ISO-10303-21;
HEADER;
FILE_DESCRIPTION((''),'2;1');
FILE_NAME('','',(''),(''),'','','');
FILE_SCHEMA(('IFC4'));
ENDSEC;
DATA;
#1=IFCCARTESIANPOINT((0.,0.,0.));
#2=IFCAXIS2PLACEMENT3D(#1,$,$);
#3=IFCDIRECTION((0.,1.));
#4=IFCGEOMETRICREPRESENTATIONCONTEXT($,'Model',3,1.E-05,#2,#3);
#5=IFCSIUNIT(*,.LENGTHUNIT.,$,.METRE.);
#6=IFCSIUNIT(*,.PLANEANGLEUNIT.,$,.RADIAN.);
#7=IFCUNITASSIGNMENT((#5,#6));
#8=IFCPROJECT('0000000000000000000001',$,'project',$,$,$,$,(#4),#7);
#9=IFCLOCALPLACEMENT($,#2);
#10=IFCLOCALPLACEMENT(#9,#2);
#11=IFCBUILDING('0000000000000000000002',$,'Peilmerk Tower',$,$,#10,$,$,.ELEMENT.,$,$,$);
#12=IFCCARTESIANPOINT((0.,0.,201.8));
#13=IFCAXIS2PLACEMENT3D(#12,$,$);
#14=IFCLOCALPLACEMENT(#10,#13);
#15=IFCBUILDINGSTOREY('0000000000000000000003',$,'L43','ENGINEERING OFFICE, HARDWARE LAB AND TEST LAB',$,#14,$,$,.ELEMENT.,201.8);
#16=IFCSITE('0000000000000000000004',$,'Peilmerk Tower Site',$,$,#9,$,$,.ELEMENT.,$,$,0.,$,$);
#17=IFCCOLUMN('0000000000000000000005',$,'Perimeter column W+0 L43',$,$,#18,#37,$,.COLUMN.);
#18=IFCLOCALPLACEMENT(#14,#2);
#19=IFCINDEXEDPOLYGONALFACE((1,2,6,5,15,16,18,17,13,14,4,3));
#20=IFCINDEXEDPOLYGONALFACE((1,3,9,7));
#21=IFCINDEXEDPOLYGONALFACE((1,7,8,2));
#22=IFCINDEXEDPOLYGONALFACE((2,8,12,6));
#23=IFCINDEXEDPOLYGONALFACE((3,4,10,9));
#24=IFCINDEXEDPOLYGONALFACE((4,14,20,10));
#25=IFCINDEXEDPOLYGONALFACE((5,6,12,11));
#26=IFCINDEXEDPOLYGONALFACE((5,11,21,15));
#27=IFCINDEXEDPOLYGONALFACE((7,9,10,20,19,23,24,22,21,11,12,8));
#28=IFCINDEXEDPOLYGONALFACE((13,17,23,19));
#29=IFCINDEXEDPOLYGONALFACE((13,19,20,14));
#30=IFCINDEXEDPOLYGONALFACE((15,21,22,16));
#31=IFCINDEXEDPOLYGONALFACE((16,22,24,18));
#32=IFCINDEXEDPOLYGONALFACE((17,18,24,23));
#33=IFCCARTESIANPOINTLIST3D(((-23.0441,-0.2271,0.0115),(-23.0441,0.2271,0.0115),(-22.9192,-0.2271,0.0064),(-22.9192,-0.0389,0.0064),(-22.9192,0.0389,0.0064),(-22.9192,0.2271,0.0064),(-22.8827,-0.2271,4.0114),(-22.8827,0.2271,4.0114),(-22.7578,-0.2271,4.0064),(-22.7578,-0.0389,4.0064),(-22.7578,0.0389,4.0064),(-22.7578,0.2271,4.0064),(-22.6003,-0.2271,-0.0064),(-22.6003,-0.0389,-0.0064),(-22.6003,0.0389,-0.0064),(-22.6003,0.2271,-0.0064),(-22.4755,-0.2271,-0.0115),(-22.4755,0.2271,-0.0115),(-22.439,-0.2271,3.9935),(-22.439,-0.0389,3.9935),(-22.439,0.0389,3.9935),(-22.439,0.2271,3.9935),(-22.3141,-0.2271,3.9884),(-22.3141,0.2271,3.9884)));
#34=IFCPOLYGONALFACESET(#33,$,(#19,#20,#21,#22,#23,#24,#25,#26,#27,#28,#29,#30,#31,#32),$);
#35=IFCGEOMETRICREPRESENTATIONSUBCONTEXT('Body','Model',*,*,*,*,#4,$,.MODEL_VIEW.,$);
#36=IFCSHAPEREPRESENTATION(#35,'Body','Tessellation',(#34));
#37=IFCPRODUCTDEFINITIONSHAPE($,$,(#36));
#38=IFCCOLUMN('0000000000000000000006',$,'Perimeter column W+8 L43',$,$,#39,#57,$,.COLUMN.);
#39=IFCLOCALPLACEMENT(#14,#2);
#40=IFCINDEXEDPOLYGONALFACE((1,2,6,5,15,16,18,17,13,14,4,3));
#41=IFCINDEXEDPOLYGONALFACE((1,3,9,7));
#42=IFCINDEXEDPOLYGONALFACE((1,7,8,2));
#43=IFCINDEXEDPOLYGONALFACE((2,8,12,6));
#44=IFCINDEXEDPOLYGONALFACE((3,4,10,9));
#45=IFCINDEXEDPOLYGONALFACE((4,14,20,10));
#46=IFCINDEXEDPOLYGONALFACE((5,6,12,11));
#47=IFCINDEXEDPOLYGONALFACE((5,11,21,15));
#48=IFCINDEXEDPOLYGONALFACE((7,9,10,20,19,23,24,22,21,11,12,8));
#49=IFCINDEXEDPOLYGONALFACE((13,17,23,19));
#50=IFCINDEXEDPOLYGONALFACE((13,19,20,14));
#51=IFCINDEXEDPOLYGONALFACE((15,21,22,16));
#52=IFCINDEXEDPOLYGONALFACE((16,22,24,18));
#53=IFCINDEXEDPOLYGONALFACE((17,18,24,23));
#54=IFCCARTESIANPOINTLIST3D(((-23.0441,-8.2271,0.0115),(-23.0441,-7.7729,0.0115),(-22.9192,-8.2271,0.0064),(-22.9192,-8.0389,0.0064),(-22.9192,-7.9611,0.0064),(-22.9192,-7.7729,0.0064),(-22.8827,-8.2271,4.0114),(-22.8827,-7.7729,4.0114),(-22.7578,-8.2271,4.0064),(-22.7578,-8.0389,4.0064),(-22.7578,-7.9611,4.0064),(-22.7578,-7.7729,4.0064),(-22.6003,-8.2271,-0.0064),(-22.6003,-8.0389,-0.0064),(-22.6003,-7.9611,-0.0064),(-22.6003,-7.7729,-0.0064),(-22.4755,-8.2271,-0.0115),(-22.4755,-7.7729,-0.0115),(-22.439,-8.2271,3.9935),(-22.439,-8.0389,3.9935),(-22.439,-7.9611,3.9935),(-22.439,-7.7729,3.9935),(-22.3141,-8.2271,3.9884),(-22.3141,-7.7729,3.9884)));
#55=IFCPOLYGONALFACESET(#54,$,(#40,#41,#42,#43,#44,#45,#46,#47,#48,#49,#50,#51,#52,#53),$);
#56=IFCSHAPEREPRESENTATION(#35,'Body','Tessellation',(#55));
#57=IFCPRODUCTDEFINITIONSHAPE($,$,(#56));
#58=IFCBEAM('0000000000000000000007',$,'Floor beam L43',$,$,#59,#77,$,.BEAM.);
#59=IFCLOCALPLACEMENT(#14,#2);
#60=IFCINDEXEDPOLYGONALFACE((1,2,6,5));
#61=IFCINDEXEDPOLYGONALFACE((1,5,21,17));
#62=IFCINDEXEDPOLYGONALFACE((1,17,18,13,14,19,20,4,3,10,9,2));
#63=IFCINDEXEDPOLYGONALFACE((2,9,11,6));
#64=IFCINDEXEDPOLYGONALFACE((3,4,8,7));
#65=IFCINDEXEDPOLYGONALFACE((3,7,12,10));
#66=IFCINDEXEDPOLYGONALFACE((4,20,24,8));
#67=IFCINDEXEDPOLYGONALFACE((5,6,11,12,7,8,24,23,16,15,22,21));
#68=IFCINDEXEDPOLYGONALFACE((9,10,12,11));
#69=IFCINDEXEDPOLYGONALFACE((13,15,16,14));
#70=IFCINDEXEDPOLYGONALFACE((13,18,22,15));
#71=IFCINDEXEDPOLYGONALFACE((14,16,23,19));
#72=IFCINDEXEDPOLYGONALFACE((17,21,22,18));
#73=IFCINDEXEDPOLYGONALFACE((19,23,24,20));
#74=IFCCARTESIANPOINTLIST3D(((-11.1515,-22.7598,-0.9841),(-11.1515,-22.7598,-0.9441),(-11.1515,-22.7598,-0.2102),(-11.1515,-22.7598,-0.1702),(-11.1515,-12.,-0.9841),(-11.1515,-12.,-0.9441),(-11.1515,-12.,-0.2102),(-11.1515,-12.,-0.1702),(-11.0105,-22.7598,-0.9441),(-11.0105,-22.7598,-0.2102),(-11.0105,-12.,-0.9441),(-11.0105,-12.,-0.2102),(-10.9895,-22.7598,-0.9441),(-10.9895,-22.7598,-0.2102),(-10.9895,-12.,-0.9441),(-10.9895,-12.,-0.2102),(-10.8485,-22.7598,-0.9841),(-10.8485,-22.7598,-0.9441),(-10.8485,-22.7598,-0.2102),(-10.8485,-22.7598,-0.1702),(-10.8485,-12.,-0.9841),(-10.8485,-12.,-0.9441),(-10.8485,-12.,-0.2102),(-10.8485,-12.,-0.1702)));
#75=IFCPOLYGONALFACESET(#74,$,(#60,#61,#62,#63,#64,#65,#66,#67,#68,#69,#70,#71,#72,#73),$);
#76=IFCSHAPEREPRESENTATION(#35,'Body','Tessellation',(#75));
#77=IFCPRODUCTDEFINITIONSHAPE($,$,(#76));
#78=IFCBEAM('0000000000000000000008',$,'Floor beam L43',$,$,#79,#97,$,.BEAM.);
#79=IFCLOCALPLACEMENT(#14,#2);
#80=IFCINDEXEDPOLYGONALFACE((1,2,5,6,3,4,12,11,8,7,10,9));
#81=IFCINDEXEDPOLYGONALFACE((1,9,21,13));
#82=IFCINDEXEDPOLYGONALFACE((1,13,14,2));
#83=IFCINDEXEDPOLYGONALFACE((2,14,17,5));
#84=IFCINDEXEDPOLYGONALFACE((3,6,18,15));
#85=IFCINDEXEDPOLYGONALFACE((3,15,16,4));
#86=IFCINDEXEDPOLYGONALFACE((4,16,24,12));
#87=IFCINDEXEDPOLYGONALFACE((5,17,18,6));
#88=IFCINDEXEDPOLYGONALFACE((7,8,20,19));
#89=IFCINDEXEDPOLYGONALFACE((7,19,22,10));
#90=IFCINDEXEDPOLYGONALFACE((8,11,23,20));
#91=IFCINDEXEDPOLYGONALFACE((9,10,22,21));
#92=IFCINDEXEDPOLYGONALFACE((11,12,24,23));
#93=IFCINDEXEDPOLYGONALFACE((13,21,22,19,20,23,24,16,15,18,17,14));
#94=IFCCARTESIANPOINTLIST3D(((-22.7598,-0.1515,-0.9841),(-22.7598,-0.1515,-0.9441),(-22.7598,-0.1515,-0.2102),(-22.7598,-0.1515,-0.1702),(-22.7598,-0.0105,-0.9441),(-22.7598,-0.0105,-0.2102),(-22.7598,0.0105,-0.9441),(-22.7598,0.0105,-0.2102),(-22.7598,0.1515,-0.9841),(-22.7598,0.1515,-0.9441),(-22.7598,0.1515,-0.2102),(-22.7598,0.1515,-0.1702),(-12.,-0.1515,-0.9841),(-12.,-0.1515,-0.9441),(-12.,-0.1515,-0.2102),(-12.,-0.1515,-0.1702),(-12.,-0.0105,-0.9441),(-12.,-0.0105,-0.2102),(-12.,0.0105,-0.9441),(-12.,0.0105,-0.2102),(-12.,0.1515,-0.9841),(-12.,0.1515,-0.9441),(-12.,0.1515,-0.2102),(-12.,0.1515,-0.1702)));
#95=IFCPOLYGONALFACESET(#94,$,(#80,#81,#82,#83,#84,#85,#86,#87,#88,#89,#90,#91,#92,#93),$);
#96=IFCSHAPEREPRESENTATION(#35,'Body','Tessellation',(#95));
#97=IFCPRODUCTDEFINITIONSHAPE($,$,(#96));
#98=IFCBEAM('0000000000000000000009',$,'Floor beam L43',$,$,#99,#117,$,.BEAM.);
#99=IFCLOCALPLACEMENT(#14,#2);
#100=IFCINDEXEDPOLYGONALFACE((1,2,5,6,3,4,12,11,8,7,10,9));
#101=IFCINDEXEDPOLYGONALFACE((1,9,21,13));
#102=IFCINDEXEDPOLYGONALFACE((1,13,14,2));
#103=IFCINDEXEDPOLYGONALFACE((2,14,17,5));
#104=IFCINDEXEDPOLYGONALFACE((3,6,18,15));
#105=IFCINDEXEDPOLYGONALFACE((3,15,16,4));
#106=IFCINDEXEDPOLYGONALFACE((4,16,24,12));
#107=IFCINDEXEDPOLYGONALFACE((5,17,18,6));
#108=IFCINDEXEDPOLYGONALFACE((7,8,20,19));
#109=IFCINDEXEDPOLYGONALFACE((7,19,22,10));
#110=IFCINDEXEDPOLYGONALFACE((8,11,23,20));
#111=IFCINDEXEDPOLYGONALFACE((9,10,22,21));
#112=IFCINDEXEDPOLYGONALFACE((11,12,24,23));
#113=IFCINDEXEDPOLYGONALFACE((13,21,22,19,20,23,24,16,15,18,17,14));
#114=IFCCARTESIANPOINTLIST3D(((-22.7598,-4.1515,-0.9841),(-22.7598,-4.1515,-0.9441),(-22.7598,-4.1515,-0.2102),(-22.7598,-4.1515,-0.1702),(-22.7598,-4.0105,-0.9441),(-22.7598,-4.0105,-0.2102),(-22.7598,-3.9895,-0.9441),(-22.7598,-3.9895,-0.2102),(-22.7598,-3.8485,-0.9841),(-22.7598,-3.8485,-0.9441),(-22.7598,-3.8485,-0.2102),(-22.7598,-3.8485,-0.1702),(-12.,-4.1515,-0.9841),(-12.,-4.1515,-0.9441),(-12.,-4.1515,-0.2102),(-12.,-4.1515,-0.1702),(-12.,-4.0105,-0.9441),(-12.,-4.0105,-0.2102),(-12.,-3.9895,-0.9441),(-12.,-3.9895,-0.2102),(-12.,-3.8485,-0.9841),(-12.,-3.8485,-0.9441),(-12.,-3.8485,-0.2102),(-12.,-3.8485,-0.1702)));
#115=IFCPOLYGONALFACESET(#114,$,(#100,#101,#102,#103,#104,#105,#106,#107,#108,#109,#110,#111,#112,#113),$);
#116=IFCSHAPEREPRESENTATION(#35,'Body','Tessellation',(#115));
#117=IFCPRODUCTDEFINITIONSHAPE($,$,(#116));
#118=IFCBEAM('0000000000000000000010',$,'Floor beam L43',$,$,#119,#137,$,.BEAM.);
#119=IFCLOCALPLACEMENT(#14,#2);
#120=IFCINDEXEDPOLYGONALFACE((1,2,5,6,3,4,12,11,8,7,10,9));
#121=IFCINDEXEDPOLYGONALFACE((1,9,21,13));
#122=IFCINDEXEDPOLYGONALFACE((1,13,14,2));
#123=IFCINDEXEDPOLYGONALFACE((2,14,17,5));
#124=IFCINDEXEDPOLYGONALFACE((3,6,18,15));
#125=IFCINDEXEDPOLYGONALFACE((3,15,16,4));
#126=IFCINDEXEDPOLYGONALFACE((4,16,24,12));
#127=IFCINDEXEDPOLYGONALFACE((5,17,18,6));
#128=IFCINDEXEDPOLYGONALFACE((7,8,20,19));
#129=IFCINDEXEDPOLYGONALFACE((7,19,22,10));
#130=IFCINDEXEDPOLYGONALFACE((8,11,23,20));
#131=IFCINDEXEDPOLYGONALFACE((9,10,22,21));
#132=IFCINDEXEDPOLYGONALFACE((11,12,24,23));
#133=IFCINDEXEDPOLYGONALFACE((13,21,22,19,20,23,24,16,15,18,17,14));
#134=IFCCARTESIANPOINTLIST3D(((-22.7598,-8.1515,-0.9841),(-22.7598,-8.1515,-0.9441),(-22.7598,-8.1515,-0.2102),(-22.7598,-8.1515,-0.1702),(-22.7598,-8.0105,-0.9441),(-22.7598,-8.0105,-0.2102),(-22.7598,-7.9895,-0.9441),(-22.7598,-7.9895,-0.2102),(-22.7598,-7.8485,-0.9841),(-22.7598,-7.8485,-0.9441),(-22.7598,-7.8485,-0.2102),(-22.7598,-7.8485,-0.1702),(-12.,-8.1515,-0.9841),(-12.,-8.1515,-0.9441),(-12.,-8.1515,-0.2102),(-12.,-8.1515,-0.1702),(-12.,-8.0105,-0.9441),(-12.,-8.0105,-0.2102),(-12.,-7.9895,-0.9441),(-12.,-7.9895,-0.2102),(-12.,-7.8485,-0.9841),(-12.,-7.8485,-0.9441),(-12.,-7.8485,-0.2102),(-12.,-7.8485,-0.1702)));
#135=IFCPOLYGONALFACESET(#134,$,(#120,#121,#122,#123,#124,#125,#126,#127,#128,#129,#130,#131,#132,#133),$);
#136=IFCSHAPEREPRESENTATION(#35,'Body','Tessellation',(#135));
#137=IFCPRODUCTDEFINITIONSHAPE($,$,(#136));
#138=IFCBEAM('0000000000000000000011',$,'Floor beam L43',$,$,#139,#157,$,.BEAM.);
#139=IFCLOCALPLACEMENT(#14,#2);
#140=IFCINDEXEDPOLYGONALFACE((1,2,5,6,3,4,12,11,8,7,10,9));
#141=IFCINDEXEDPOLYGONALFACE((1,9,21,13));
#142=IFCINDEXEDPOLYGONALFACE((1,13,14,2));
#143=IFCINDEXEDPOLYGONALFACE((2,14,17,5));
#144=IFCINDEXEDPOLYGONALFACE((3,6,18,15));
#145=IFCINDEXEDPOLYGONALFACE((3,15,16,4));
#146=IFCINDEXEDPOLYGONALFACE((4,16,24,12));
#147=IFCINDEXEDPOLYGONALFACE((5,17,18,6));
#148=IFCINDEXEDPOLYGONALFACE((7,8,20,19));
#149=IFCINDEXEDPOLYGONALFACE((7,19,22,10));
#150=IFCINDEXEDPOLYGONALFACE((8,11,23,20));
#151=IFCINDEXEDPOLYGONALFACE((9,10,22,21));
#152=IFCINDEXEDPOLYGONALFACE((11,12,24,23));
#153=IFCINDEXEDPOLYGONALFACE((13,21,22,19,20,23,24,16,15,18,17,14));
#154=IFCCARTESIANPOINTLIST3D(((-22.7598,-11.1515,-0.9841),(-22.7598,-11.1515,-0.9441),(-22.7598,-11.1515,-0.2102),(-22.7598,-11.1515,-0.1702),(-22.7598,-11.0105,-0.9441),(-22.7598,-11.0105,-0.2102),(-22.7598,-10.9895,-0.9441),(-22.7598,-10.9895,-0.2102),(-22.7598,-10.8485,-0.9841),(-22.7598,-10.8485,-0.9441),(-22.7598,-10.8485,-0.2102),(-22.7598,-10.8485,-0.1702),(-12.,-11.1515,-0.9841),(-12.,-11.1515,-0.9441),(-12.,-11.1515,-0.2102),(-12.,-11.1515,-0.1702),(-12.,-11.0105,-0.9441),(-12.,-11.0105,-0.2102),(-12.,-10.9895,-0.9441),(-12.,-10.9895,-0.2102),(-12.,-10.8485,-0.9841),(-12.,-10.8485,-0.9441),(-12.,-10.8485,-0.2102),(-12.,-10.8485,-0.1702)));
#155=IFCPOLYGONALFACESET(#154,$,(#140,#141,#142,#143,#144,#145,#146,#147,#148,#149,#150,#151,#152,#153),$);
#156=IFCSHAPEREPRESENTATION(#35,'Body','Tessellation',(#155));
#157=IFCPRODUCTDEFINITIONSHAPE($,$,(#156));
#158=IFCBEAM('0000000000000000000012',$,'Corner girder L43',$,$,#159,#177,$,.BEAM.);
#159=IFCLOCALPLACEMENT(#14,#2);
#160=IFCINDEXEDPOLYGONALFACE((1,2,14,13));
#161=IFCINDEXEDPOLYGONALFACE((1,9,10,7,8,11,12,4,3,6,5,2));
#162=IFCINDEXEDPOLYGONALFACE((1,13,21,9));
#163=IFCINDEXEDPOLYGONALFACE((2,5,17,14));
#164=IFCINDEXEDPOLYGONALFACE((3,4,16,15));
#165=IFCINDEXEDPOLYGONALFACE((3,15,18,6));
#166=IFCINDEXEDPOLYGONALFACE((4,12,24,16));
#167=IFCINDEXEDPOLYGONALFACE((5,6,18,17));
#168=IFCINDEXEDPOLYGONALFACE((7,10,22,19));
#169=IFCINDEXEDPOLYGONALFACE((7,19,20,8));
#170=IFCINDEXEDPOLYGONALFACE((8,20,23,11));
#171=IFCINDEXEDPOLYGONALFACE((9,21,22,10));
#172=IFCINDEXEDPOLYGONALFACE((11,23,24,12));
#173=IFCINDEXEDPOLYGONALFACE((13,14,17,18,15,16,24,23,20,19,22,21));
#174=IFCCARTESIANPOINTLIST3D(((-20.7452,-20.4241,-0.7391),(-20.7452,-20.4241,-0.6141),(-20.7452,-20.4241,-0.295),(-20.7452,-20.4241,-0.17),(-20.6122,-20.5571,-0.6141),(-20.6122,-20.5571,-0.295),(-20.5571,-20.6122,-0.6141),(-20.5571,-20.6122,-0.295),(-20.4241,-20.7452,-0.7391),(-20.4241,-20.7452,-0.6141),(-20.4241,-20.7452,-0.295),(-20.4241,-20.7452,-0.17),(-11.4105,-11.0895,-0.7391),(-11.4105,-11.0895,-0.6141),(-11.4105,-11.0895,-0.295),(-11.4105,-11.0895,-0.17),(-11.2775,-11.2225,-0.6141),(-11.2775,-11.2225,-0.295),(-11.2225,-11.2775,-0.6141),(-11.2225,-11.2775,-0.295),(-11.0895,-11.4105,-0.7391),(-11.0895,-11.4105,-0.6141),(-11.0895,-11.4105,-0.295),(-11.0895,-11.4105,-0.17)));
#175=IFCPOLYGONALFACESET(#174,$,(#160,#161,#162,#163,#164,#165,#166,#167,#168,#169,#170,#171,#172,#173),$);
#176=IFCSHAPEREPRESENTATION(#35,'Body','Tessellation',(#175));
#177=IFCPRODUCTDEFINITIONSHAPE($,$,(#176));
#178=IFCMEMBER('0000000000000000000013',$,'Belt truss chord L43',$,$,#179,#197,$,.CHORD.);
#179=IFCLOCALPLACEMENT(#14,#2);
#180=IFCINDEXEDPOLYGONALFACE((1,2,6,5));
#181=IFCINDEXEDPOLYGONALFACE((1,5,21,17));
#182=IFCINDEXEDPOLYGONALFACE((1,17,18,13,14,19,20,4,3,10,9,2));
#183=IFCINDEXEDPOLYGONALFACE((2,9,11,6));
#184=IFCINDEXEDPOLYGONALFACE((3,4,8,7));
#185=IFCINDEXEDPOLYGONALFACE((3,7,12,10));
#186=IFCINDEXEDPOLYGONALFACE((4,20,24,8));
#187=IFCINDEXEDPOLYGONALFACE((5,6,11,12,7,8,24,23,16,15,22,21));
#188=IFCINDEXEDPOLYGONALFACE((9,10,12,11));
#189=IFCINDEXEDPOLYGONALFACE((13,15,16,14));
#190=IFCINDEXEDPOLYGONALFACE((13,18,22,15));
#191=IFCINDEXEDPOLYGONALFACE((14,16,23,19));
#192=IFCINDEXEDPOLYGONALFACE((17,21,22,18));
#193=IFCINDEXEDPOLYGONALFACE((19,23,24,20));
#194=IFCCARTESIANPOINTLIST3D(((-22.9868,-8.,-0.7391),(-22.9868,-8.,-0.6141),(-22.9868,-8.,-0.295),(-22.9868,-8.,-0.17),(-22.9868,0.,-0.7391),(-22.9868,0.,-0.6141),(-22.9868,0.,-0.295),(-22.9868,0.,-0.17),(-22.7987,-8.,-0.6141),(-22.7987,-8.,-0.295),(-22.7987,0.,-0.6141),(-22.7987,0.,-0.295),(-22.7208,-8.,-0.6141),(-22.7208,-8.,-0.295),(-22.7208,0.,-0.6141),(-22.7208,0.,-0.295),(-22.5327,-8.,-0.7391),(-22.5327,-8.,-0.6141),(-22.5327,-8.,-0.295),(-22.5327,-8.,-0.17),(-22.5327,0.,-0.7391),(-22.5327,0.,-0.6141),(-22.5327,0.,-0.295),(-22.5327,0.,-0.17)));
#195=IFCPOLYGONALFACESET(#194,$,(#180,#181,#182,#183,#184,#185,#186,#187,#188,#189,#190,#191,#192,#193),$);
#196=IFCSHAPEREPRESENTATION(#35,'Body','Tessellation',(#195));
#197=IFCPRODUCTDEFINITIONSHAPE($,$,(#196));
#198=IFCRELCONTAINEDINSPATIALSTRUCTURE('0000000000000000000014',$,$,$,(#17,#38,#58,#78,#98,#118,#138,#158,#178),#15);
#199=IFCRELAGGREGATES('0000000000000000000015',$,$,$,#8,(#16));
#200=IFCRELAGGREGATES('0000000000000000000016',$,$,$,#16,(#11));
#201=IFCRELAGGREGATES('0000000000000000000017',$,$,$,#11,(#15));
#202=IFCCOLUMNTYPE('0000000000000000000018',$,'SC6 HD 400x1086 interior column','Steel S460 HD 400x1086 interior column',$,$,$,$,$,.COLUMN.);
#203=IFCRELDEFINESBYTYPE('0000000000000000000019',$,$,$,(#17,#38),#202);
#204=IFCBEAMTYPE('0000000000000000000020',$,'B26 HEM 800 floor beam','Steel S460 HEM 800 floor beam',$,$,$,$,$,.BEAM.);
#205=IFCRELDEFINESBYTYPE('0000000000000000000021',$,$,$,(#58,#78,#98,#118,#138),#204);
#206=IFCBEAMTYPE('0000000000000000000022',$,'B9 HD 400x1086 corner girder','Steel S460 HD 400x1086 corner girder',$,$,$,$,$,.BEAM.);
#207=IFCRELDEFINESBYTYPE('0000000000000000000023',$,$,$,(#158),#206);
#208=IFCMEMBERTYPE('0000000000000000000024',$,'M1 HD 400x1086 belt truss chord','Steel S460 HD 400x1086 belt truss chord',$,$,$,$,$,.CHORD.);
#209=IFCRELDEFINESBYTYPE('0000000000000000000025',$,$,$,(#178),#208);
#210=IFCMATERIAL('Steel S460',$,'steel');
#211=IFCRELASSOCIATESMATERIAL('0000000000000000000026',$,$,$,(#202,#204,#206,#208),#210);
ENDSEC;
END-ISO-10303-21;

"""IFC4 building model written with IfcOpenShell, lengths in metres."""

from ifc_helpers import new_model, si_unit, direction, frame, origin, origin_2d, place, context, subcontext, project, spatial, i_section, extrude, material, material_profile, profile_set, type_object, element, save


model = new_model("IFC4")

# Units and contexts
model_context = context("Model", 3, precision=1e-05, world=origin(), true_north=direction((0.0, 1.0)))
body_context = subcontext(model_context, "Body", "Model", "MODEL_VIEW")
ifc_project = project(units=[si_unit("LENGTHUNIT", "METRE"), si_unit("PLANEANGLEUNIT", "RADIAN")], contexts=[model_context])

# Site, building, storey
site_placement = place(None, origin())
site = spatial("IfcSite", under=ifc_project, at=site_placement, Name="Peilmerk Tower Site", CompositionType="ELEMENT", RefElevation=0.0)
building_placement = place(site_placement, origin())
building = spatial("IfcBuilding", under=site, at=building_placement, Name="Peilmerk Tower", CompositionType="ELEMENT")
storey_placement = place(building_placement, frame((0.0, 0.0, 201.8)))
storey = spatial("IfcBuildingStorey", under=building, at=storey_placement, Name="L43", Description="ENGINEERING OFFICE, HARDWARE LAB AND TEST LAB", CompositionType="ELEMENT", Elevation=201.8)

# Columns
ifc_material_1 = material(Name="Steel S460", Category="steel")
ifc_material_profile_1 = material_profile(ifc_material_1, i_section(OverallWidth=0.4541, OverallDepth=0.5691, WebThickness=0.0779, FlangeThickness=0.125, at=origin_2d()), Name="HD 400x1086")
ifc_profile_set_1 = profile_set([ifc_material_profile_1], Name="Steel S460")
column_type = type_object("IfcColumnType", Name="SC6 HD 400x1086 interior column", Description="Steel S460 HD 400x1086 interior column", PredefinedType="COLUMN", material=ifc_profile_set_1)
for number, where, z_axis, x_axis, name in (
    (1, (-22.7598, 0.0, 0.0), (0.040311, 0.0, 0.999187), (0.0, 1.0, 0.0), "Perimeter column W+0 L43"),
    (2, (-22.7598, -8.0, 0.0), (0.040311, 0.0, 0.999187), (0.0, 1.0, 0.0), "Perimeter column W+8 L43"),
):
    element("IfcColumn", number, at=place(storey_placement, frame(where, z_axis=z_axis, x_axis=x_axis)), inside=storey, type_object=column_type, Name=name, PredefinedType="COLUMN", context=body_context, shape_type="SweptSolid", body=[
        extrude(i_section(OverallWidth=0.4541, OverallDepth=0.5691, WebThickness=0.0779, FlangeThickness=0.125, at=origin_2d()), origin(), (0.0, 0.0, 1.0), 4.0032),
    ])

# Beams
ifc_material_profile_2 = material_profile(ifc_material_1, i_section(OverallWidth=0.303, OverallDepth=0.814, WebThickness=0.021, FlangeThickness=0.04, at=origin_2d()), Name="HEM 800")
ifc_profile_set_2 = profile_set([ifc_material_profile_2], Name="Steel S460")
beam_type_1 = type_object("IfcBeamType", Name="B26 HEM 800 floor beam", Description="Steel S460 HEM 800 floor beam", PredefinedType="BEAM", material=ifc_profile_set_2)
for number, where, z_axis, x_axis, name in (
    (3, (-11.0, -12.0, -0.5771), (0.0, -1.0, 0.0), (1.0, 0.0, 0.0), "Floor beam L43"),
    (4, (-12.0, 0.0, -0.5771), (-1.0, 0.0, 0.0), (0.0, -1.0, 0.0), "Floor beam L43"),
    (5, (-12.0, -4.0, -0.5771), (-1.0, 0.0, 0.0), (0.0, -1.0, 0.0), "Floor beam L43"),
    (6, (-12.0, -8.0, -0.5771), (-1.0, 0.0, 0.0), (0.0, -1.0, 0.0), "Floor beam L43"),
    (7, (-12.0, -11.0, -0.5771), (-1.0, 0.0, 0.0), (0.0, -1.0, 0.0), "Floor beam L43"),
):
    element("IfcBeam", number, at=place(storey_placement, frame(where, z_axis=z_axis, x_axis=x_axis)), inside=storey, type_object=beam_type_1, Name=name, PredefinedType="BEAM", context=body_context, shape_type="SweptSolid", body=[
        extrude(i_section(OverallWidth=0.303, OverallDepth=0.814, WebThickness=0.021, FlangeThickness=0.04, at=origin_2d()), origin(), (0.0, 0.0, 1.0), 10.7598),
    ])
ifc_material_profile_3 = material_profile(ifc_material_1, i_section(OverallWidth=0.4541, OverallDepth=0.5691, WebThickness=0.0779, FlangeThickness=0.125, at=origin_2d()), Name="HD 400x1086")
ifc_profile_set_3 = profile_set([ifc_material_profile_3], Name="Steel S460")
beam_type_2 = type_object("IfcBeamType", Name="B9 HD 400x1086 corner girder", Description="Steel S460 HD 400x1086 corner girder", PredefinedType="BEAM", material=ifc_profile_set_3)
beam_placement = place(storey_placement, frame((-11.25, -11.25, -0.4546), z_axis=(-0.707107, -0.707107, 0.0), x_axis=(0.707107, -0.707107, 0.0)))
element("IfcBeam", 8, at=beam_placement, inside=storey, type_object=beam_type_2, Name="Corner girder L43", PredefinedType="BEAM", context=body_context, shape_type="SweptSolid", body=[
    extrude(i_section(OverallWidth=0.4541, OverallDepth=0.5691, WebThickness=0.0779, FlangeThickness=0.125, at=origin_2d()), origin(), (0.0, 0.0, 1.0), 13.2012),
])

# Member
ifc_material_profile_4 = material_profile(ifc_material_1, i_section(OverallWidth=0.4541, OverallDepth=0.5691, WebThickness=0.0779, FlangeThickness=0.125, at=origin_2d()), Name="HD 400x1086")
ifc_profile_set_4 = profile_set([ifc_material_profile_4], Name="Steel S460")
member_type = type_object("IfcMemberType", Name="M1 HD 400x1086 belt truss chord", Description="Steel S460 HD 400x1086 belt truss chord", PredefinedType="CHORD", material=ifc_profile_set_4)
member_1_placement = place(storey_placement, frame((-22.7598, 0.0, -0.4546), z_axis=(0.0, -1.0, 0.0), x_axis=(1.0, 0.0, 0.0)))
element("IfcMember", 9, at=member_1_placement, inside=storey, type_object=member_type, Name="Belt truss chord L43", PredefinedType="CHORD", context=body_context, shape_type="SweptSolid", body=[
    extrude(i_section(OverallWidth=0.4541, OverallDepth=0.5691, WebThickness=0.0779, FlangeThickness=0.125, at=origin_2d()), origin(), (0.0, 0.0, 1.0), 8.0),
])

save(model, "model.ifc")
